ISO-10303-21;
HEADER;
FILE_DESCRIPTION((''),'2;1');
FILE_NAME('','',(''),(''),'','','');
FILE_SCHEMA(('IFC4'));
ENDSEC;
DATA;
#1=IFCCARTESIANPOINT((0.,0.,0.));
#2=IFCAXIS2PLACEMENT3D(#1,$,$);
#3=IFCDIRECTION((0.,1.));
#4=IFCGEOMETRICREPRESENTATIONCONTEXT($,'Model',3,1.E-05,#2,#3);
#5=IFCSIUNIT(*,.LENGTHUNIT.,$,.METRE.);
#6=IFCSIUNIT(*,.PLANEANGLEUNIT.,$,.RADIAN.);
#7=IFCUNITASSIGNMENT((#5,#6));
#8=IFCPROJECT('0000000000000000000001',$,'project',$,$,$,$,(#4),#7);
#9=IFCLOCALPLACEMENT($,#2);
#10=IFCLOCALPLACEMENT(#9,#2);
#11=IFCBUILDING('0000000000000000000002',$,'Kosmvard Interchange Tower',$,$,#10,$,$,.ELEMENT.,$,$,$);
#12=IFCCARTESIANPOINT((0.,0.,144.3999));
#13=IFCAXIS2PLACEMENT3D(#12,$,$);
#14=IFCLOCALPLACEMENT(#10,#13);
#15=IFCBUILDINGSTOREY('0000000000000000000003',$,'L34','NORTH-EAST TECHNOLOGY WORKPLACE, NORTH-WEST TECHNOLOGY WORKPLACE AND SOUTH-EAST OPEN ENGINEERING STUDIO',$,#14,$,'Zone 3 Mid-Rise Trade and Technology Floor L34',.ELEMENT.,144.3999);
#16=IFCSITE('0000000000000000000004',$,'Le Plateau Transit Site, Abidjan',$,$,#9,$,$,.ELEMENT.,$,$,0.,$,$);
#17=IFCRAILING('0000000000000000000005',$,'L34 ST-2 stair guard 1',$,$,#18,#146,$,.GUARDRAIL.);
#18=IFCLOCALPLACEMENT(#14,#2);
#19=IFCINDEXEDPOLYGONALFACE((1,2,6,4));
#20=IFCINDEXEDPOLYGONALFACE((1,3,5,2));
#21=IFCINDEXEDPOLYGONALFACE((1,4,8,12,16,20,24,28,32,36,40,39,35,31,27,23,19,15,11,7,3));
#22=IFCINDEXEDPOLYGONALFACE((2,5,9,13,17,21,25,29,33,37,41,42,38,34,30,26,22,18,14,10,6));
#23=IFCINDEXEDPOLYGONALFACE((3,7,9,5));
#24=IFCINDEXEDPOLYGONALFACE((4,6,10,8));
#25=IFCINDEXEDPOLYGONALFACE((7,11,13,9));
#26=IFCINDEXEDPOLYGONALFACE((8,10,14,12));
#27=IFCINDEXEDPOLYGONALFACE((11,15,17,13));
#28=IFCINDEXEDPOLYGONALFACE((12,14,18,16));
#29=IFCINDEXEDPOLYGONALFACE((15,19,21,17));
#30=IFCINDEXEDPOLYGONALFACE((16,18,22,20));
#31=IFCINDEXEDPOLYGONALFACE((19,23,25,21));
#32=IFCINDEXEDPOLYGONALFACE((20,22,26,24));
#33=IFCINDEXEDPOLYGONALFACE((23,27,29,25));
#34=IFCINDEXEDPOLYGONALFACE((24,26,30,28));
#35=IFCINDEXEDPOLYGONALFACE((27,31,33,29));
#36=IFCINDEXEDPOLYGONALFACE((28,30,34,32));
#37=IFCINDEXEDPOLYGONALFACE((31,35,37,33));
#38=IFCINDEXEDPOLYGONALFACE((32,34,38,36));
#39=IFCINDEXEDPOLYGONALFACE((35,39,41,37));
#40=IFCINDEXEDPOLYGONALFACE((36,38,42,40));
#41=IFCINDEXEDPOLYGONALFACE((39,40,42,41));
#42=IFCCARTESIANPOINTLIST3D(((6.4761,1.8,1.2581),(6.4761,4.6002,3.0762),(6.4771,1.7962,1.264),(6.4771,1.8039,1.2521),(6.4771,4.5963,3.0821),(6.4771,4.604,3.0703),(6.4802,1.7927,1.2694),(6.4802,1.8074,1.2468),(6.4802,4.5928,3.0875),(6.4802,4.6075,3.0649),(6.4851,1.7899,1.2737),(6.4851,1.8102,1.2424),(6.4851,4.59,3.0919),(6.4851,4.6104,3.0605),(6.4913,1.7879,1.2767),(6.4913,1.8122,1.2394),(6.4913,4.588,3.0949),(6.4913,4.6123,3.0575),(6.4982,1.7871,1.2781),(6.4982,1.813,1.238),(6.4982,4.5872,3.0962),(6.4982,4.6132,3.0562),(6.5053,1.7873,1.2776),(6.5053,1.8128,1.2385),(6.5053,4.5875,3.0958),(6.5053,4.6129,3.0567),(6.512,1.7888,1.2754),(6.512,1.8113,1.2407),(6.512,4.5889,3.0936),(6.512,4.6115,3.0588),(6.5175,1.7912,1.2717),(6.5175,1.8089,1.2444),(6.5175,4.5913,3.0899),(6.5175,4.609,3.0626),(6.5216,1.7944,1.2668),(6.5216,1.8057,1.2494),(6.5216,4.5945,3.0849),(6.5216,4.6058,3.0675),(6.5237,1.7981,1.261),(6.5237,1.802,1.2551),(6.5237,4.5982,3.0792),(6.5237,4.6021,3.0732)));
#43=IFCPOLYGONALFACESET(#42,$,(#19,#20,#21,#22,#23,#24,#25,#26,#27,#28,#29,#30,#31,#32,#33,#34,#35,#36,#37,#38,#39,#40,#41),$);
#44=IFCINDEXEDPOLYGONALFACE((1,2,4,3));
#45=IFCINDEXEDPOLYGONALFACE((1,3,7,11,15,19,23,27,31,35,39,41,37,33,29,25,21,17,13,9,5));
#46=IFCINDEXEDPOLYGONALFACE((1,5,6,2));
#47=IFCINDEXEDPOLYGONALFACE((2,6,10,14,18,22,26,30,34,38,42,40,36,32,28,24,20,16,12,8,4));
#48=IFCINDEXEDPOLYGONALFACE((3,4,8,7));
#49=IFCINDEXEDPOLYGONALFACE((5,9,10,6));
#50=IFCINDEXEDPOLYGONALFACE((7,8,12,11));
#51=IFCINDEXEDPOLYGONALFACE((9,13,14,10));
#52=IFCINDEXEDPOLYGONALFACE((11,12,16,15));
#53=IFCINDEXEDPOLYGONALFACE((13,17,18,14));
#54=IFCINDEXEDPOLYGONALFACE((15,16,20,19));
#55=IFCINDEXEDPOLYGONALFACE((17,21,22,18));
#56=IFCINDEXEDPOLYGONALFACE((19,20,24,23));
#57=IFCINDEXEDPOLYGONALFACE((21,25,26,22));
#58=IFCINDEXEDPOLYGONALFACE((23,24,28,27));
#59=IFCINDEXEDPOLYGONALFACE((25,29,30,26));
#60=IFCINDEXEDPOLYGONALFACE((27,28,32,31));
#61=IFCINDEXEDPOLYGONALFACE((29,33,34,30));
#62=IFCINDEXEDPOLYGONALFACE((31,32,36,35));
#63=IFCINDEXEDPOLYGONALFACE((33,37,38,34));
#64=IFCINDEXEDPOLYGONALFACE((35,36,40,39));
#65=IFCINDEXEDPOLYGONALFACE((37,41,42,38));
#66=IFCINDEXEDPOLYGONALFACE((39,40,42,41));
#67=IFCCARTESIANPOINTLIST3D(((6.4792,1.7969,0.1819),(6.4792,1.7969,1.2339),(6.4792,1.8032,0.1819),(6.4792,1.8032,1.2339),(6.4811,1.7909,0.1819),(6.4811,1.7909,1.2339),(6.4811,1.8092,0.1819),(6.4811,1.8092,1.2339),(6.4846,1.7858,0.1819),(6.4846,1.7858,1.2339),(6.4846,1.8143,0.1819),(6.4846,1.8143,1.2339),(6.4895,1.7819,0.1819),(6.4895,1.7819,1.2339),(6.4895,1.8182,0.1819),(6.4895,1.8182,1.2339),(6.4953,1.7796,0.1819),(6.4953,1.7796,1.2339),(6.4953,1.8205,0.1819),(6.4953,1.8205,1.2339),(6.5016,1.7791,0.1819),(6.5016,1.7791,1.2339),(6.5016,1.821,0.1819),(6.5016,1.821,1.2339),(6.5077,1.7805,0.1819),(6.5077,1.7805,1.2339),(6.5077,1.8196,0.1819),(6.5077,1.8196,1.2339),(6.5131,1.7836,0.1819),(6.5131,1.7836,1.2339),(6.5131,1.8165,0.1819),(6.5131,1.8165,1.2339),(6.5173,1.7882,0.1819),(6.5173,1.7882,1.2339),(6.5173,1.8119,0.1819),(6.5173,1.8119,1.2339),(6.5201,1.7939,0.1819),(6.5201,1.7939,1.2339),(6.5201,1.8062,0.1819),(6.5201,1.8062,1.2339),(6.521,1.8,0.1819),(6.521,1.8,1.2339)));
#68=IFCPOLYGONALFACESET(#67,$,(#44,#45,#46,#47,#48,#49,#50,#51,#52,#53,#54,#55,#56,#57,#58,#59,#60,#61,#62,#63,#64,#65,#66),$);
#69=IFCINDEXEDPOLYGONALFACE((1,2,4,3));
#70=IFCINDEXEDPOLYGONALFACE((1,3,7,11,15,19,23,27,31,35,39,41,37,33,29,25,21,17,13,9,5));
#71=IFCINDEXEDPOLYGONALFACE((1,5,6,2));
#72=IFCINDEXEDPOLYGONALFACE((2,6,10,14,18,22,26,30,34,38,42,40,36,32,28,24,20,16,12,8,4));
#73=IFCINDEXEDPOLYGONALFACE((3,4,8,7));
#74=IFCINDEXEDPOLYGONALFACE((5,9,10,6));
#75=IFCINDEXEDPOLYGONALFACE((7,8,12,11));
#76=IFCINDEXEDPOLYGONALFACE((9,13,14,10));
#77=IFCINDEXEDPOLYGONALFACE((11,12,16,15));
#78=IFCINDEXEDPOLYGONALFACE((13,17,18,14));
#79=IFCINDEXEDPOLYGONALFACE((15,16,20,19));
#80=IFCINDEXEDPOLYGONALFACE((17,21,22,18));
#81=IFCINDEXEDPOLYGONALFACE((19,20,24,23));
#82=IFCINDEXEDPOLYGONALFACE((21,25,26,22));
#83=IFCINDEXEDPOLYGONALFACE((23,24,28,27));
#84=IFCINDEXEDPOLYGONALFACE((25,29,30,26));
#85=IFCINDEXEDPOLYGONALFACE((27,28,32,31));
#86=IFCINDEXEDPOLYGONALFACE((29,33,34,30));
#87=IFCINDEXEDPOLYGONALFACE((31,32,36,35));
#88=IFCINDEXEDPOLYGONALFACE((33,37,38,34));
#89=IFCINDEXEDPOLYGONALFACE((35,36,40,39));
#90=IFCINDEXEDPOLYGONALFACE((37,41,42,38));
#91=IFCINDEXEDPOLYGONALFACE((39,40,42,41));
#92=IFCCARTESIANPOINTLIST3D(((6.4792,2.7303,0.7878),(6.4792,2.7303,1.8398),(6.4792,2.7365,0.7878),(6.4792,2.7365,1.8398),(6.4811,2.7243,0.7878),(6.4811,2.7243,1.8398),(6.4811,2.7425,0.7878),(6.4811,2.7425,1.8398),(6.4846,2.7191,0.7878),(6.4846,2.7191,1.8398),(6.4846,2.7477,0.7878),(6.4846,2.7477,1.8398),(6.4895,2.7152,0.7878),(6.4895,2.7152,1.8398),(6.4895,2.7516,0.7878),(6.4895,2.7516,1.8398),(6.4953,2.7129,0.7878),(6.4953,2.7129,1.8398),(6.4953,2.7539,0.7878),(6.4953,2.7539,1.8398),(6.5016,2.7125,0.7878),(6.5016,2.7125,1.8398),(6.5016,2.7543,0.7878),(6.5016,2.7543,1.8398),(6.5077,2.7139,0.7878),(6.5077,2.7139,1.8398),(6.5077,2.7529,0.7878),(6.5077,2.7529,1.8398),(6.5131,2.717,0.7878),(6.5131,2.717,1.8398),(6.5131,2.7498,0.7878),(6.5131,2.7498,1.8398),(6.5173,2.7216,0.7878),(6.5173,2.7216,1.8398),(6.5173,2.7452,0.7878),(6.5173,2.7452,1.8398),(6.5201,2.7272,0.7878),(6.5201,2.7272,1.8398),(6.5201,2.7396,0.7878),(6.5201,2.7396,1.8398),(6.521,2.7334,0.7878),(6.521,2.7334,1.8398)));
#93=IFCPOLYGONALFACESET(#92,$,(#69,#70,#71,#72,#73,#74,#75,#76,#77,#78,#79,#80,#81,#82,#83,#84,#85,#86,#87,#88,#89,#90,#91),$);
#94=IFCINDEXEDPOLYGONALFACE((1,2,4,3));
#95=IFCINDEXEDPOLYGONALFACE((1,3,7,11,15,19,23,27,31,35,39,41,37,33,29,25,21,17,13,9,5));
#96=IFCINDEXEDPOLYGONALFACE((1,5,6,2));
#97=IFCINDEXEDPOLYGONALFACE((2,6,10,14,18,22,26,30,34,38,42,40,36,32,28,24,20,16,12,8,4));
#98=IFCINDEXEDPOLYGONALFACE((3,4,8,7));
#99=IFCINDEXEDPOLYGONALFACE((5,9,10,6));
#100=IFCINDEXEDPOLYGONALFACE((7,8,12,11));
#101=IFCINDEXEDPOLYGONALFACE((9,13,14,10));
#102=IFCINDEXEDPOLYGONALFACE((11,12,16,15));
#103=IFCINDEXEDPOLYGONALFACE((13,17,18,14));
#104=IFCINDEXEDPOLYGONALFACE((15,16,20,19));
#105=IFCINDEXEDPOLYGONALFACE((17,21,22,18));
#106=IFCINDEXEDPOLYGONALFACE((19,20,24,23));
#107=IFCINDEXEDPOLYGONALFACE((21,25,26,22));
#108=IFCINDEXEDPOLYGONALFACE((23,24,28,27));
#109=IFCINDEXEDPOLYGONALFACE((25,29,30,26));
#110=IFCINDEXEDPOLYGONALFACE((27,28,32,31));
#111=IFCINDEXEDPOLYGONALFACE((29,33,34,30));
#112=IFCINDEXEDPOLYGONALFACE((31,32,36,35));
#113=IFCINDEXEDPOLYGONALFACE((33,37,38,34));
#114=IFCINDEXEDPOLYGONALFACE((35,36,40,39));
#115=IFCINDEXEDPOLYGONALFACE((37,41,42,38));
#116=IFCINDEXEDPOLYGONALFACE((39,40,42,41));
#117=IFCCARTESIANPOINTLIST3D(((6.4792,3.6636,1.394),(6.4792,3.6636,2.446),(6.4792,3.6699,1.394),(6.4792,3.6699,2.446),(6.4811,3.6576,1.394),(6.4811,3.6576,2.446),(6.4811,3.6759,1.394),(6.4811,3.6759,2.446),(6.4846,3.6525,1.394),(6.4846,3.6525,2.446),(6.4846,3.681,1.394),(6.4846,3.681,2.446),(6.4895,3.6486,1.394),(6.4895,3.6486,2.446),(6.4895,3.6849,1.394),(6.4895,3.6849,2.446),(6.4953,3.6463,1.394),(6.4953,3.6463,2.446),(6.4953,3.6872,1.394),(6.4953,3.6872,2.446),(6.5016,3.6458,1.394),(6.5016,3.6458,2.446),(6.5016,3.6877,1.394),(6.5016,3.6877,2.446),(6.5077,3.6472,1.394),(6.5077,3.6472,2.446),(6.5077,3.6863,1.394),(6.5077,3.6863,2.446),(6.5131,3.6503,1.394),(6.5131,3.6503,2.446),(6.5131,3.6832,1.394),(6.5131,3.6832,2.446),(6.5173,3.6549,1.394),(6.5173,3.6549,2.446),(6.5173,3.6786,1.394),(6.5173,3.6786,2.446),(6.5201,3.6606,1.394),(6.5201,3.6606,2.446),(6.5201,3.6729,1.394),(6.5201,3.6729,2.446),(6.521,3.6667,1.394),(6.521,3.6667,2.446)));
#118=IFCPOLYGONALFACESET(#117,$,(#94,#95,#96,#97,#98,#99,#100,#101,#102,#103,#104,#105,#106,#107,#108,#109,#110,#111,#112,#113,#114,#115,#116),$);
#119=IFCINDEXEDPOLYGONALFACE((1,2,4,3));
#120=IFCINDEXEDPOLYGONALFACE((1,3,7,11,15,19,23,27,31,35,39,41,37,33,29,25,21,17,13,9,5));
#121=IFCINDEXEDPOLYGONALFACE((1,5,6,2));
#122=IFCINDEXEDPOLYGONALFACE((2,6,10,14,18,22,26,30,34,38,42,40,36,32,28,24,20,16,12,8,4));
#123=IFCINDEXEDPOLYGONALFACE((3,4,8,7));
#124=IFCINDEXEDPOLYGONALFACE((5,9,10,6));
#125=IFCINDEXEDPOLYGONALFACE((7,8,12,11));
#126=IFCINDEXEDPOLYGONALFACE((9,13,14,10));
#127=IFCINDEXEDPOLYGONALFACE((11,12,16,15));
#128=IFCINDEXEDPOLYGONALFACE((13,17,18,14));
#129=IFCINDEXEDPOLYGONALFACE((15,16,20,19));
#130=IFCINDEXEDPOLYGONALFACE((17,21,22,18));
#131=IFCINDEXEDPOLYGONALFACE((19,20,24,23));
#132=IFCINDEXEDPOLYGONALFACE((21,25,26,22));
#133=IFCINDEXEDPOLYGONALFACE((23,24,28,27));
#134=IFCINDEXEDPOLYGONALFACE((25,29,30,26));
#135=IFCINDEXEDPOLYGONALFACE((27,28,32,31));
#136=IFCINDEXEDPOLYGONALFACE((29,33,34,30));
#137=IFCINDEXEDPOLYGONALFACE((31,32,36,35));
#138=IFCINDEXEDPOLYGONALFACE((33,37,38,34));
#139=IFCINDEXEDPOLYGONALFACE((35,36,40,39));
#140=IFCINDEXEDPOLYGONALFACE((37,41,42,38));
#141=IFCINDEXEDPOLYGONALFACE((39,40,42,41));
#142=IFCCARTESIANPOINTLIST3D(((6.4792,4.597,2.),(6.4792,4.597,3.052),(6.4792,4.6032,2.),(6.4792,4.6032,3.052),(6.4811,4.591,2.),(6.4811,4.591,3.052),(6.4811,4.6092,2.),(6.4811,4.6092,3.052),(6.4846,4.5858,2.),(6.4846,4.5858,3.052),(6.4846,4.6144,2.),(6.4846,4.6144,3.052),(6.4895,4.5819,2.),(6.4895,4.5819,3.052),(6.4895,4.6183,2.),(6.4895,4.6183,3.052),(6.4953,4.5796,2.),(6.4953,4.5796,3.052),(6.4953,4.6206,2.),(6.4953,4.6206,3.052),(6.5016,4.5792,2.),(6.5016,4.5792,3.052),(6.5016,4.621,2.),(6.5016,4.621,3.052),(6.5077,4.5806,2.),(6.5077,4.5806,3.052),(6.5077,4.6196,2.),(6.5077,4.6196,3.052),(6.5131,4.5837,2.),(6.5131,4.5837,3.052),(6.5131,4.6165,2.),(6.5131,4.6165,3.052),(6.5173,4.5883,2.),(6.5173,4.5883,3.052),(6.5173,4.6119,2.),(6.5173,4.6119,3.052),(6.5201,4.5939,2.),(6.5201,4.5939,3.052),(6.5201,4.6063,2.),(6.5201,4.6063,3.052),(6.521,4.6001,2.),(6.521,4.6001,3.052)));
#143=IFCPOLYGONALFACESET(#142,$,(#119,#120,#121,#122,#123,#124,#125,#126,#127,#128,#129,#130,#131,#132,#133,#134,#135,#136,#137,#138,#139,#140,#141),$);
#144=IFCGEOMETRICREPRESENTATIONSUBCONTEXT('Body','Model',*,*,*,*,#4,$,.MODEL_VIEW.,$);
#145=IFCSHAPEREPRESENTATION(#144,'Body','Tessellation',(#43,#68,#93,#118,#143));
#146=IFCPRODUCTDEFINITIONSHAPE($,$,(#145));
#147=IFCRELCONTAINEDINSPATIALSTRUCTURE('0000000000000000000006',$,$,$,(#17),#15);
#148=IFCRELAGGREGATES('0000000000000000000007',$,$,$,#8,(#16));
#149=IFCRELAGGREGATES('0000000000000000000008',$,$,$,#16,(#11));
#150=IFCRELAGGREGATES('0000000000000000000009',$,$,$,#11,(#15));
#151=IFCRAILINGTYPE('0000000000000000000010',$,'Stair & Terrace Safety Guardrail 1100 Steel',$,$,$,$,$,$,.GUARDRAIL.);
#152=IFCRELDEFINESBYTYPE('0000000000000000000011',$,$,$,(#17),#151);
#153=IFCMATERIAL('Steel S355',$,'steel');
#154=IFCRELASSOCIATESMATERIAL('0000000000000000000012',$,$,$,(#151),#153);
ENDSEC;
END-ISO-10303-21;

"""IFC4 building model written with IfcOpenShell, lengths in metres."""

from ifc_helpers import new_model, si_unit, direction, frame, origin, origin_2d, place, context, subcontext, project, spatial, circle, extrude, source, transform, mapped, material, type_object, element, save


model = new_model("IFC4")

# Units and contexts
model_context = context("Model", 3, precision=1e-05, world=origin(), true_north=direction((0.0, 1.0)))
body_context = subcontext(model_context, "Body", "Model", "MODEL_VIEW")
ifc_project = project(units=[si_unit("LENGTHUNIT", "METRE"), si_unit("PLANEANGLEUNIT", "RADIAN")], contexts=[model_context])

# Site, building, storey
site_placement = place(None, origin())
site = spatial("IfcSite", under=ifc_project, at=site_placement, Name="Le Plateau Transit Site, Abidjan", CompositionType="ELEMENT", RefElevation=0.0)
building_placement = place(site_placement, origin())
building = spatial("IfcBuilding", under=site, at=building_placement, Name="Kosmvard Interchange Tower", CompositionType="ELEMENT")
storey_placement = place(building_placement, frame((0.0, 0.0, 144.3999)))
storey = spatial("IfcBuildingStorey", under=building, at=storey_placement, Name="L34", Description="NORTH-EAST TECHNOLOGY WORKPLACE, NORTH-WEST TECHNOLOGY WORKPLACE AND SOUTH-EAST OPEN ENGINEERING STUDIO", LongName="Zone 3 Mid-Rise Trade and Technology Floor L34", CompositionType="ELEMENT", Elevation=144.3999)

# Shared definitions
ifc_material_1 = material(Name="Steel S355", Category="steel")

# Railing
railing_type_1 = type_object("IfcRailingType", Name="Stair & Terrace Safety Guardrail 1100 Steel", PredefinedType="GUARDRAIL", material=ifc_material_1)
shared_shape_1 = source(origin(), body_context, "Body", "SweptSolid", [
    extrude(circle(Radius=0.0239, at=origin_2d()), frame((0.0, 0.0, 1.0762), z_axis=(0.0, 0.838706, 0.544585), x_axis=(-1.0, 0.0, 0.0)), (0.0, 0.0, 1.0), 3.3386),
    extrude(circle(Radius=0.021, at=origin_2d()), origin(), (0.0, 0.0, 1.0), 1.052),
    extrude(circle(Radius=0.021, at=origin_2d()), frame((0.0, 0.9333, 0.606)), (0.0, 0.0, 1.0), 1.052),
    extrude(circle(Radius=0.021, at=origin_2d()), frame((0.0, 1.8667, 1.2122)), (0.0, 0.0, 1.0), 1.052),
    extrude(circle(Radius=0.021, at=origin_2d()), frame((0.0, 2.8, 1.8181)), (0.0, 0.0, 1.0), 1.052),
])
railing_1_placement = place(storey_placement, frame((6.5, 1.8, 0.1819)))
element("IfcRailing", 1, at=railing_1_placement, inside=storey, type_object=railing_type_1, Name="L34 ST-2 stair guard 1", PredefinedType="GUARDRAIL", context=body_context, shape_type="MappedRepresentation", body=[
    mapped(shared_shape_1, transform((0.0, 0.0, 0.0), scale=1.0)),
])

save(model, "model.ifc")
